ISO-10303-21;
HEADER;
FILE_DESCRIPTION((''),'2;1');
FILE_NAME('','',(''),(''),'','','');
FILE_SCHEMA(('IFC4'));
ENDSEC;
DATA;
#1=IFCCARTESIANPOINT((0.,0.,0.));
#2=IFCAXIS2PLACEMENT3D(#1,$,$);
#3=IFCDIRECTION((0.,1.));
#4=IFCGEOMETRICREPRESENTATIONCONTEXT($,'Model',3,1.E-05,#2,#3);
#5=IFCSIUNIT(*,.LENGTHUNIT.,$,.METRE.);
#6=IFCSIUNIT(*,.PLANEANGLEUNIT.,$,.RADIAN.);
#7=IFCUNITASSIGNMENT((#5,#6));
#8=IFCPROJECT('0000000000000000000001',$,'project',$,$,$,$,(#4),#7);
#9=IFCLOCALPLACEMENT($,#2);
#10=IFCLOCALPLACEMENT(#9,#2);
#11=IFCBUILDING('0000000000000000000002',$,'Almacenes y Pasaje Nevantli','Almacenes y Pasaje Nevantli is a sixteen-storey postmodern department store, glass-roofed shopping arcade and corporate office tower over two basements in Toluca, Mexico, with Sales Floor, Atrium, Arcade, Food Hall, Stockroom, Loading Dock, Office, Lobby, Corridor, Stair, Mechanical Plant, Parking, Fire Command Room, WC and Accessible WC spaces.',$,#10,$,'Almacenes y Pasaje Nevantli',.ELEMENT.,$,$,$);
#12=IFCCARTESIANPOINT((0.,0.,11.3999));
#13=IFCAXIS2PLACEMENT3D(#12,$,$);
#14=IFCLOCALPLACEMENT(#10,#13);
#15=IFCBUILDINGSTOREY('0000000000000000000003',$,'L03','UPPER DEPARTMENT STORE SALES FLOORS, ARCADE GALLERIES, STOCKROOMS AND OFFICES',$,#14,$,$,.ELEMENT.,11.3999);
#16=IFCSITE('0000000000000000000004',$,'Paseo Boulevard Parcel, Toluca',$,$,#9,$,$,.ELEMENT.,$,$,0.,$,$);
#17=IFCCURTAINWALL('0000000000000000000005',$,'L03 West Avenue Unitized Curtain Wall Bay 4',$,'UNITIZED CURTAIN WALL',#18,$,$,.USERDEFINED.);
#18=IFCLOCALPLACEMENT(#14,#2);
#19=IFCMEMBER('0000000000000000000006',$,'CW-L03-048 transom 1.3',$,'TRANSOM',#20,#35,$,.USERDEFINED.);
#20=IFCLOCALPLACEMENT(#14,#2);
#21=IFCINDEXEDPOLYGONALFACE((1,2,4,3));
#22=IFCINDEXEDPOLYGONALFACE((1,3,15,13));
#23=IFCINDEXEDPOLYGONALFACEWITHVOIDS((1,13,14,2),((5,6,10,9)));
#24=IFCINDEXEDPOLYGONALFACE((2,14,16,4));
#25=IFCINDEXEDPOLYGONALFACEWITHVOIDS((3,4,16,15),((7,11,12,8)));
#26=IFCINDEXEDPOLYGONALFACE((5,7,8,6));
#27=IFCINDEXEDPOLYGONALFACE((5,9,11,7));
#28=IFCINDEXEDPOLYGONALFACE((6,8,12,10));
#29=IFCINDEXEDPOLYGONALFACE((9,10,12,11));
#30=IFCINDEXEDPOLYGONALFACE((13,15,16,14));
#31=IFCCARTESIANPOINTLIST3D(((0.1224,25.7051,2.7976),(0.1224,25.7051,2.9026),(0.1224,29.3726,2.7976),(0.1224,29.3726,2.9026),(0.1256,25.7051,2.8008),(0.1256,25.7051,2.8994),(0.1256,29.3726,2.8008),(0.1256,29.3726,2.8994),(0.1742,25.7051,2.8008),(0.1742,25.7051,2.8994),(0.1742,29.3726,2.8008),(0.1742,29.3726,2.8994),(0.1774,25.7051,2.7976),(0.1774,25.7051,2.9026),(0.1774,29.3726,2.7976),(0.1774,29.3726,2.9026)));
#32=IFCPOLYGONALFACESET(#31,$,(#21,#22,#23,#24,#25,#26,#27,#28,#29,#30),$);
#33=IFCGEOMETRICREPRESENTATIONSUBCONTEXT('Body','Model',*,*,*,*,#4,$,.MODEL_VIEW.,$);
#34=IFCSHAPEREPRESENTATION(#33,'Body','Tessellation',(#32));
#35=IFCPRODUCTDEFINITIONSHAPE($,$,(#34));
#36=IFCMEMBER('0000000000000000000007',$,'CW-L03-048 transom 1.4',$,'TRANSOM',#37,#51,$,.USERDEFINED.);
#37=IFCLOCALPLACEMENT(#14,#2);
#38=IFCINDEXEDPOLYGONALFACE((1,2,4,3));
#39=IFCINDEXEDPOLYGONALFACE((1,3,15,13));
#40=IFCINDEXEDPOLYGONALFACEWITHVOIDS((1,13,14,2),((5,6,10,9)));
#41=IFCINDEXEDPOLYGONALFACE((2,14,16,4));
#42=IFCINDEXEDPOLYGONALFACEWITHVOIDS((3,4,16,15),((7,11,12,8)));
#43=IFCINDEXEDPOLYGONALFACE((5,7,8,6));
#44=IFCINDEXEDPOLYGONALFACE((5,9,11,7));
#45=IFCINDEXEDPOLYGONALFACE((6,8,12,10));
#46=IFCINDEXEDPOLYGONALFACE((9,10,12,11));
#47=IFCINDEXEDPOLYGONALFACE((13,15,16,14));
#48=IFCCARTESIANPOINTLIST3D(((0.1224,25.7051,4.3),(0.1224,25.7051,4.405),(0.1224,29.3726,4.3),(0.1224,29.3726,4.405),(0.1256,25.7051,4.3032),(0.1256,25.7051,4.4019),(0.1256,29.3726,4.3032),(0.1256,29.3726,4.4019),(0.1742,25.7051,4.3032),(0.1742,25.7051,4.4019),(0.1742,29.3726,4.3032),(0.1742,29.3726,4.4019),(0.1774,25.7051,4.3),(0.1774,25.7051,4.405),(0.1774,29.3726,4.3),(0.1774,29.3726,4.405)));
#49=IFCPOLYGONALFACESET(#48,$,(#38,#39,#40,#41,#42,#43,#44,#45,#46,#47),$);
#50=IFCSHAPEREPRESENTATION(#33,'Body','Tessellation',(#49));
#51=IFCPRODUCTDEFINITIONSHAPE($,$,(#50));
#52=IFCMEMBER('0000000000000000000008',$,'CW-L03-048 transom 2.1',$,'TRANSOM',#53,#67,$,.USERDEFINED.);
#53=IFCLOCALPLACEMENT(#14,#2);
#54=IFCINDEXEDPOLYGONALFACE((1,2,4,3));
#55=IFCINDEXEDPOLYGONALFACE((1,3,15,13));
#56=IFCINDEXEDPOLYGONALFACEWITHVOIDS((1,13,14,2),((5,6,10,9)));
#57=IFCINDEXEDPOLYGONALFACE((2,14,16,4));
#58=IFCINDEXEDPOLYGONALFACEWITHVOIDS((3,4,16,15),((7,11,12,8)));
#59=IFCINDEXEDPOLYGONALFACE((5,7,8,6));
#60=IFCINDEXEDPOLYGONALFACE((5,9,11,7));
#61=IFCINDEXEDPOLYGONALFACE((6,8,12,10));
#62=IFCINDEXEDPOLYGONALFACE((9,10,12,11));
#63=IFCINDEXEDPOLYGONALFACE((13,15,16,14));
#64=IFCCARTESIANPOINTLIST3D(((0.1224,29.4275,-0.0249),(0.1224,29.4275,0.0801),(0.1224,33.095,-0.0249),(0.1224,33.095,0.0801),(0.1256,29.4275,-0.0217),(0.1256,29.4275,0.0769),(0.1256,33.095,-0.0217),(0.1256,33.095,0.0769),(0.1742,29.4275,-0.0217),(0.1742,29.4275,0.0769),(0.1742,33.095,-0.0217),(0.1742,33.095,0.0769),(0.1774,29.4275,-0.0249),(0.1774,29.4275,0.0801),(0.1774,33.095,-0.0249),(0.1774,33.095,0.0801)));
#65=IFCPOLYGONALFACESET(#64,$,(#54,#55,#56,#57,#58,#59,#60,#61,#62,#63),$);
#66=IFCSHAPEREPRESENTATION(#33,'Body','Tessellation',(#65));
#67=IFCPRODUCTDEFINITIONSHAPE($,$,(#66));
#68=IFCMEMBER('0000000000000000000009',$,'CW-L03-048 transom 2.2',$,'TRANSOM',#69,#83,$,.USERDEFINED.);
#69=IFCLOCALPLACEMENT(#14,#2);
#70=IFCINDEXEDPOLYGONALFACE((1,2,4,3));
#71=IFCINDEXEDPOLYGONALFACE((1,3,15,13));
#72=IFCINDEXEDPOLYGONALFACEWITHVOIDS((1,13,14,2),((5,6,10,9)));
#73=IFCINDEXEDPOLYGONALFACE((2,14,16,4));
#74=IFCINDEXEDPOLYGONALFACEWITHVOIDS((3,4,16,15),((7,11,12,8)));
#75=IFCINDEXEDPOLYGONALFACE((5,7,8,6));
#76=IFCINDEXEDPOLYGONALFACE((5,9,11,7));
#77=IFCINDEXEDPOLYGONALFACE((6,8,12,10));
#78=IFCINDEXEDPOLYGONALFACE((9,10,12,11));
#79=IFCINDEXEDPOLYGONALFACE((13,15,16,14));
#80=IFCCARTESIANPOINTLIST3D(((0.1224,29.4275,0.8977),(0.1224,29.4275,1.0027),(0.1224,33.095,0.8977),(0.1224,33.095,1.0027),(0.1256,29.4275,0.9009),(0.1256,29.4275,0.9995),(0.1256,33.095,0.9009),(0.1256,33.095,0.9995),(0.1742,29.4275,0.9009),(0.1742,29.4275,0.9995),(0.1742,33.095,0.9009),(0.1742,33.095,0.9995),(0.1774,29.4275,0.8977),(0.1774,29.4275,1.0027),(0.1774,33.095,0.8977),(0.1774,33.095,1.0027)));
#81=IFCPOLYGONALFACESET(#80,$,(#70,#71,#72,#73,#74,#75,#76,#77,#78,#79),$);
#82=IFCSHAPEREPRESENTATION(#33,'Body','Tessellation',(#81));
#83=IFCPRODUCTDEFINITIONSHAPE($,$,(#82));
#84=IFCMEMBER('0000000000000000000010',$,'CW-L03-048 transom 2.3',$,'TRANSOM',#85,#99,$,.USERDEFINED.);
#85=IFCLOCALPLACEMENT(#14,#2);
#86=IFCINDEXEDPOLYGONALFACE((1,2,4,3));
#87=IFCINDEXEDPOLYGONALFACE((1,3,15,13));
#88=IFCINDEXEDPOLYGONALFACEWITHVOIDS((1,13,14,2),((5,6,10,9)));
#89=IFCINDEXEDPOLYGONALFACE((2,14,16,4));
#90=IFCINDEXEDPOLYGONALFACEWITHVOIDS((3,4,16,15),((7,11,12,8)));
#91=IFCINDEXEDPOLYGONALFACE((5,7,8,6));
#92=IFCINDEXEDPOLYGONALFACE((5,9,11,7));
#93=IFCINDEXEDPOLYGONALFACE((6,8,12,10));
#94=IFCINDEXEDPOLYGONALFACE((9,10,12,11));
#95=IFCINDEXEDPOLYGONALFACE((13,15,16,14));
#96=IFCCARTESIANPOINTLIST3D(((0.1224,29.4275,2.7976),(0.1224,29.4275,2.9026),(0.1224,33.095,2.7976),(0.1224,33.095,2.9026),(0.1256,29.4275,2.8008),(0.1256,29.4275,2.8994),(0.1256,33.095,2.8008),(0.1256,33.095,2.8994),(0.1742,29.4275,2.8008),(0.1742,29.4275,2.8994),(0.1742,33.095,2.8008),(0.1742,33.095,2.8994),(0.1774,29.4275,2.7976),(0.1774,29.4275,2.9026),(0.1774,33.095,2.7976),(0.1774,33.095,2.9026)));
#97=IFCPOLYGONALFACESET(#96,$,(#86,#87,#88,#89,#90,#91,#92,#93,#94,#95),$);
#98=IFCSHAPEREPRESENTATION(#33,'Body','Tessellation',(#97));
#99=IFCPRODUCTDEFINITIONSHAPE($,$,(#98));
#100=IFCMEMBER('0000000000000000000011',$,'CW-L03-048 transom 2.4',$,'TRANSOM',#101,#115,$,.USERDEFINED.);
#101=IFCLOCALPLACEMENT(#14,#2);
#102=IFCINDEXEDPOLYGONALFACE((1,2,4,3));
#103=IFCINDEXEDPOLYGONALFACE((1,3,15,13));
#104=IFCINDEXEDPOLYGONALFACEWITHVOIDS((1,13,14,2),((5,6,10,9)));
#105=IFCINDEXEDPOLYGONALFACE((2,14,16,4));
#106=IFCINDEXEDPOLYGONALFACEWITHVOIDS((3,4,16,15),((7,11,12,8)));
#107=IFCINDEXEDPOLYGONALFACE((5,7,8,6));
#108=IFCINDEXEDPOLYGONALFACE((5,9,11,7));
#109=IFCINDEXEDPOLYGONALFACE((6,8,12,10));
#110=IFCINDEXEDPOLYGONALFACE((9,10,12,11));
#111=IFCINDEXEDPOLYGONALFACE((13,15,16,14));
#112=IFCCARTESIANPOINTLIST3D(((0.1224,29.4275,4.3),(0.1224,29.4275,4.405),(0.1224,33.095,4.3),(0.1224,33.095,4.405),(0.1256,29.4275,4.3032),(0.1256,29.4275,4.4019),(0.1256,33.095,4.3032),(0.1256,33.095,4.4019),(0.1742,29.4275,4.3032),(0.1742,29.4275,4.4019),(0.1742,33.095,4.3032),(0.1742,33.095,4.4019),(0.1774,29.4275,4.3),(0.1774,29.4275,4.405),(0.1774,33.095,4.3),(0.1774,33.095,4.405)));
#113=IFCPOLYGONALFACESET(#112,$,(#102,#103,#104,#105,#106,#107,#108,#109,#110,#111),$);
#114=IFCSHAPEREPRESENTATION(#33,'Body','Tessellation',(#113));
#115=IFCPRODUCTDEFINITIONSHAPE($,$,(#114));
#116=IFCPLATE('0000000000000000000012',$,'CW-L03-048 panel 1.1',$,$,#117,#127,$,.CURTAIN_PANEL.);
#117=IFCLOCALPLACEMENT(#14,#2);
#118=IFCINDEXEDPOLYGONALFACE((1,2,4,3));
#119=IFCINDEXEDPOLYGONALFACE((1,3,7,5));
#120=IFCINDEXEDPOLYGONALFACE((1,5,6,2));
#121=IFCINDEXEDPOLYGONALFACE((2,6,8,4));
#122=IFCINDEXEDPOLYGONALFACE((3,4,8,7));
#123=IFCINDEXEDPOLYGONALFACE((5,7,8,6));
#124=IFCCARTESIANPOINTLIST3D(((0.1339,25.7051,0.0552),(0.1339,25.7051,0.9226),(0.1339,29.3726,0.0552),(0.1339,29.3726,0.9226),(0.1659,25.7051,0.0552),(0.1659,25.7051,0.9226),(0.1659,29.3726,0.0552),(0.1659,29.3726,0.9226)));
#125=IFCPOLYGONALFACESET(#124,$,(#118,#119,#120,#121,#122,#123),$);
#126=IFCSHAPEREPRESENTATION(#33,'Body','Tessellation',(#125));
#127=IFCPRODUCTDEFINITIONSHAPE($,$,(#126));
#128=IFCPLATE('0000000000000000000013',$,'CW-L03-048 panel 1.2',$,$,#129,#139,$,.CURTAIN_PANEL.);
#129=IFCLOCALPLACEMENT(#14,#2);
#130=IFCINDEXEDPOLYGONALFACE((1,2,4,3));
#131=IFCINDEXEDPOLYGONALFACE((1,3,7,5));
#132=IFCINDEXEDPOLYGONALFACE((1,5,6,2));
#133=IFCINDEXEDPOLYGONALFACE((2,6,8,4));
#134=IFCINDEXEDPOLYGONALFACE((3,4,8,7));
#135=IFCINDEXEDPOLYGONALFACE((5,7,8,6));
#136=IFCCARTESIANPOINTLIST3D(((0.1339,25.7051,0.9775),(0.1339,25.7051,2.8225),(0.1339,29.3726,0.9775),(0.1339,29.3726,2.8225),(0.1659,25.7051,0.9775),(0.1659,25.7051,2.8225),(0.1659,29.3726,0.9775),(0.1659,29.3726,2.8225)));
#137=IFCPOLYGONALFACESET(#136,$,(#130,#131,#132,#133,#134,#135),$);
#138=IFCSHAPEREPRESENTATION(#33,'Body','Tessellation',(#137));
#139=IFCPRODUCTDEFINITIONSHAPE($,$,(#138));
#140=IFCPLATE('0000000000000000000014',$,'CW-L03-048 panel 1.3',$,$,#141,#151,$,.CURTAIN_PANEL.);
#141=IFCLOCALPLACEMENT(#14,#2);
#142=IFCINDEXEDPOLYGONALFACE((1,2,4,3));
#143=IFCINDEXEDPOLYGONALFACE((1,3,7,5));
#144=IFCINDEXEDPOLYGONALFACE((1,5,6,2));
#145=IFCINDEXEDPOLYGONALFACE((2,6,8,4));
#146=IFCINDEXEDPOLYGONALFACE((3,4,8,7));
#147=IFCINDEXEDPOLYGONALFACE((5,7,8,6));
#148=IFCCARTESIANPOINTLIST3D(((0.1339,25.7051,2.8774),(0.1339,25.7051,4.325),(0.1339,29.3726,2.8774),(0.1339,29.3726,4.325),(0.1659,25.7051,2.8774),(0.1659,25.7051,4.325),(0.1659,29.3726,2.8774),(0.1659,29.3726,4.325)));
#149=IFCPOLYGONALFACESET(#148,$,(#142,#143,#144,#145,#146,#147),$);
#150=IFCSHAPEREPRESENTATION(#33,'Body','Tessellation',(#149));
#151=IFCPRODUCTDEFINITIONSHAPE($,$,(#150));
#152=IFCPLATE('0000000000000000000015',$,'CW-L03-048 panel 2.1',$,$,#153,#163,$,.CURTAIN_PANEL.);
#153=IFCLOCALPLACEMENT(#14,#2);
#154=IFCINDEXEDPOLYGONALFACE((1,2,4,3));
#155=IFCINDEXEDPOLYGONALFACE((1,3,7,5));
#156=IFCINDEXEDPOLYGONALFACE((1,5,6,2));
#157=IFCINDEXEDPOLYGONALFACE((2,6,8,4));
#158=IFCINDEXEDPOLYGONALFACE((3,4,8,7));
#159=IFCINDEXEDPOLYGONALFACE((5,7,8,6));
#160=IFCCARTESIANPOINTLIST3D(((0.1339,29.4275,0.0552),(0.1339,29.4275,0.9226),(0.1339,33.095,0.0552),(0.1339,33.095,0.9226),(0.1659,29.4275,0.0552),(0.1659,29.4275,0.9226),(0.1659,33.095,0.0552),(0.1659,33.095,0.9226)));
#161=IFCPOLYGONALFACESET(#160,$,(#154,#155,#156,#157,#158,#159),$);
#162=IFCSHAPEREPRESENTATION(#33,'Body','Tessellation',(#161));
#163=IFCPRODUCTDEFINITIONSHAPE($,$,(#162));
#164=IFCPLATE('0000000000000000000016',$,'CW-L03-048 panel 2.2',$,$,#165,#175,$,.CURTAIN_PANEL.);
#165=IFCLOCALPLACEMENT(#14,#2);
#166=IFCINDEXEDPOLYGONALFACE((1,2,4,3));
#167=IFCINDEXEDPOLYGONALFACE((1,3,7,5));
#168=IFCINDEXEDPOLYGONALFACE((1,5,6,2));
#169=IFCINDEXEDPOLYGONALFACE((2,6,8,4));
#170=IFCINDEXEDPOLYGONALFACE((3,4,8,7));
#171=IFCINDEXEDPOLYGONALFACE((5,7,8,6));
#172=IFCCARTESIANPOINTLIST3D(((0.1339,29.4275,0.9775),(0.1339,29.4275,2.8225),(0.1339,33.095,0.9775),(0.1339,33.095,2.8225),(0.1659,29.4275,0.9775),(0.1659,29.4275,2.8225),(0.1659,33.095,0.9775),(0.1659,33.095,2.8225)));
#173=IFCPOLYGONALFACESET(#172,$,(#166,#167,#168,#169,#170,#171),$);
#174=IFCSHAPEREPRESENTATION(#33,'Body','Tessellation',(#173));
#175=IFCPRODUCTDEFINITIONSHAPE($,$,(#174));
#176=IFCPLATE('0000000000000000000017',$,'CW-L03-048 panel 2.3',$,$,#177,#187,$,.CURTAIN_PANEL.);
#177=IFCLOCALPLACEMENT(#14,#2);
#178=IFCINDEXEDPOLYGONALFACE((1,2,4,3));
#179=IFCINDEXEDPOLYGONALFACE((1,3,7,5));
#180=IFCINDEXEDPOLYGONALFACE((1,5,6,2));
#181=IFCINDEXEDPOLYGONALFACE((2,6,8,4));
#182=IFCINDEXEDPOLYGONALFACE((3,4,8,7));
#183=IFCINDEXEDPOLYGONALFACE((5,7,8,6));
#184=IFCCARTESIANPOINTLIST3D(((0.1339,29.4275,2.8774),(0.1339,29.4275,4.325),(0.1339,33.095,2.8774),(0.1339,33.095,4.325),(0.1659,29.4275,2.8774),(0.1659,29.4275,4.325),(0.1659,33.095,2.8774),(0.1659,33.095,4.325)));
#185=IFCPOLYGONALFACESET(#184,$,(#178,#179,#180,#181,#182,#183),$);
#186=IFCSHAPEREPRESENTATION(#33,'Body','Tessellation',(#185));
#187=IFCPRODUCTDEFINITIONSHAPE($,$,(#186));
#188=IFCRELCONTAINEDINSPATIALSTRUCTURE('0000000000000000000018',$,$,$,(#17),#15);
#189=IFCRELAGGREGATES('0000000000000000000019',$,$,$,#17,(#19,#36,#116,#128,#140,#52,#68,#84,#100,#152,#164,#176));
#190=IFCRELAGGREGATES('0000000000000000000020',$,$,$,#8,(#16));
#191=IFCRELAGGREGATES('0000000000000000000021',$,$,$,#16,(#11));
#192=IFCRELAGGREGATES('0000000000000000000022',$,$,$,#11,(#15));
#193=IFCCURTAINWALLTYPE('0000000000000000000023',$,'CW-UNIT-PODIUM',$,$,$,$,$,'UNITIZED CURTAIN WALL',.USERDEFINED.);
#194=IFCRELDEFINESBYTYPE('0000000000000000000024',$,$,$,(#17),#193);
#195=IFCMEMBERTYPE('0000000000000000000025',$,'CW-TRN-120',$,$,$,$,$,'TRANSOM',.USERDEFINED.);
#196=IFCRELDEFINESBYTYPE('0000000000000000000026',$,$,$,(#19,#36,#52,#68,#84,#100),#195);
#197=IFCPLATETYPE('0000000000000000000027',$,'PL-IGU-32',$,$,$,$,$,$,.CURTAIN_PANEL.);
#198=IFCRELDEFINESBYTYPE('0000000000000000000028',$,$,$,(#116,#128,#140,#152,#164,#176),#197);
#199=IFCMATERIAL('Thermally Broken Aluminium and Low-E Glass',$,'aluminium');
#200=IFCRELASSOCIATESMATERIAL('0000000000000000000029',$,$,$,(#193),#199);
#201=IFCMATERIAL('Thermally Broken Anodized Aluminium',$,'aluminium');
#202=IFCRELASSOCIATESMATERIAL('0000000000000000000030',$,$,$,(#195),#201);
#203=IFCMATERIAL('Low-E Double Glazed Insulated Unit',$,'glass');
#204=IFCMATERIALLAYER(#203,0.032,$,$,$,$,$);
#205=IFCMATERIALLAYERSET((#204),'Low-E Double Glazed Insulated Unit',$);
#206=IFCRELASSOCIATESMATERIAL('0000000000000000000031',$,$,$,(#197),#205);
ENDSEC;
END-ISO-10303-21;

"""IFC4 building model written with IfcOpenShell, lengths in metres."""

from ifc_helpers import new_model, si_unit, direction, frame, origin, origin_2d, place, context, subcontext, project, spatial, rectangle, hollow_rectangle, extrude, material, layer, layer_set, material_profile, profile_set, type_object, element, aggregate, save


model = new_model("IFC4")

# Units and contexts
model_context = context("Model", 3, precision=1e-05, world=origin(), true_north=direction((0.0, 1.0)))
body_context = subcontext(model_context, "Body", "Model", "MODEL_VIEW")
ifc_project = project(units=[si_unit("LENGTHUNIT", "METRE"), si_unit("PLANEANGLEUNIT", "RADIAN")], contexts=[model_context])

# Site, building, storey
site_placement = place(None, origin())
site = spatial("IfcSite", under=ifc_project, at=site_placement, Name="Paseo Boulevard Parcel, Toluca", CompositionType="ELEMENT", RefElevation=0.0)
building_placement = place(site_placement, origin())
building = spatial("IfcBuilding", under=site, at=building_placement, Name="Almacenes y Pasaje Nevantli", Description="Almacenes y Pasaje Nevantli is a sixteen-storey postmodern department store, glass-roofed shopping arcade and corporate office tower over two basements in Toluca, Mexico, with Sales Floor, Atrium, Arcade, Food Hall, Stockroom, Loading Dock, Office, Lobby, Corridor, Stair, Mechanical Plant, Parking, Fire Command Room, WC and Accessible WC spaces.", LongName="Almacenes y Pasaje Nevantli", CompositionType="ELEMENT")
storey_placement = place(building_placement, frame((0.0, 0.0, 11.3999)))
storey = spatial("IfcBuildingStorey", under=building, at=storey_placement, Name="L03", Description="UPPER DEPARTMENT STORE SALES FLOORS, ARCADE GALLERIES, STOCKROOMS AND OFFICES", CompositionType="ELEMENT", Elevation=11.3999)

# Curtain wall, members, plates
ifc_material_1 = material(Name="Thermally Broken Aluminium and Low-E Glass", Category="aluminium")
curtain_wall_type = type_object("IfcCurtainWallType", Name="CW-UNIT-PODIUM", ElementType="UNITIZED CURTAIN WALL", PredefinedType="USERDEFINED", material=ifc_material_1)
curtain_wall_placement = place(storey_placement, origin())
curtain_wall = element("IfcCurtainWall", 1, at=curtain_wall_placement, inside=storey, type_object=curtain_wall_type, Name="L03 West Avenue Unitized Curtain Wall Bay 4", ObjectType="UNITIZED CURTAIN WALL", PredefinedType="USERDEFINED")
ifc_material_2 = material(Name="Thermally Broken Anodized Aluminium", Category="aluminium")
ifc_material_profile_1 = material_profile(ifc_material_2, hollow_rectangle(XDim=0.0549, YDim=0.105, WallThickness=0.0032, at=origin_2d()), Name="ALU-TRN-55x105")
ifc_profile_set_1 = profile_set([ifc_material_profile_1], Name="Thermally Broken Anodized Aluminium")
member_type_1 = type_object("IfcMemberType", Name="CW-TRN-120", ElementType="TRANSOM", PredefinedType="USERDEFINED", material=ifc_profile_set_1)
member_1_placement = place(storey_placement, frame((0.1499, 25.7051, 2.8501), z_axis=(0.0, 1.0, 0.0), x_axis=(-1.0, 0.0, 0.0)))
member_1 = element("IfcMember", 2, at=member_1_placement, type_object=member_type_1, Name="CW-L03-048 transom 1.3", ObjectType="TRANSOM", PredefinedType="USERDEFINED", context=body_context, shape_type="SweptSolid", body=[
    extrude(hollow_rectangle(XDim=0.0549, YDim=0.105, WallThickness=0.0032, at=origin_2d()), origin(), (0.0, 0.0, 1.0), 3.6675),
])
member_2_placement = place(storey_placement, frame((0.1499, 25.7051, 4.3525), z_axis=(0.0, 1.0, 0.0), x_axis=(-1.0, 0.0, 0.0)))
member_2 = element("IfcMember", 3, at=member_2_placement, type_object=member_type_1, Name="CW-L03-048 transom 1.4", ObjectType="TRANSOM", PredefinedType="USERDEFINED", context=body_context, shape_type="SweptSolid", body=[
    extrude(hollow_rectangle(XDim=0.0549, YDim=0.105, WallThickness=0.0032, at=origin_2d()), origin(), (0.0, 0.0, 1.0), 3.6675),
])
member_3_placement = place(storey_placement, frame((0.1499, 29.4275, 0.0276), z_axis=(0.0, 1.0, 0.0), x_axis=(-1.0, 0.0, 0.0)))
member_3 = element("IfcMember", 4, at=member_3_placement, type_object=member_type_1, Name="CW-L03-048 transom 2.1", ObjectType="TRANSOM", PredefinedType="USERDEFINED", context=body_context, shape_type="SweptSolid", body=[
    extrude(hollow_rectangle(XDim=0.0549, YDim=0.105, WallThickness=0.0032, at=origin_2d()), origin(), (0.0, 0.0, 1.0), 3.6675),
])
member_4_placement = place(storey_placement, frame((0.1499, 29.4275, 0.9502), z_axis=(0.0, 1.0, 0.0), x_axis=(-1.0, 0.0, 0.0)))
member_4 = element("IfcMember", 5, at=member_4_placement, type_object=member_type_1, Name="CW-L03-048 transom 2.2", ObjectType="TRANSOM", PredefinedType="USERDEFINED", context=body_context, shape_type="SweptSolid", body=[
    extrude(hollow_rectangle(XDim=0.0549, YDim=0.105, WallThickness=0.0032, at=origin_2d()), origin(), (0.0, 0.0, 1.0), 3.6675),
])
member_5_placement = place(storey_placement, frame((0.1499, 29.4275, 2.8501), z_axis=(0.0, 1.0, 0.0), x_axis=(-1.0, 0.0, 0.0)))
member_5 = element("IfcMember", 6, at=member_5_placement, type_object=member_type_1, Name="CW-L03-048 transom 2.3", ObjectType="TRANSOM", PredefinedType="USERDEFINED", context=body_context, shape_type="SweptSolid", body=[
    extrude(hollow_rectangle(XDim=0.0549, YDim=0.105, WallThickness=0.0032, at=origin_2d()), origin(), (0.0, 0.0, 1.0), 3.6675),
])
member_6_placement = place(storey_placement, frame((0.1499, 29.4275, 4.3525), z_axis=(0.0, 1.0, 0.0), x_axis=(-1.0, 0.0, 0.0)))
member_6 = element("IfcMember", 7, at=member_6_placement, type_object=member_type_1, Name="CW-L03-048 transom 2.4", ObjectType="TRANSOM", PredefinedType="USERDEFINED", context=body_context, shape_type="SweptSolid", body=[
    extrude(hollow_rectangle(XDim=0.0549, YDim=0.105, WallThickness=0.0032, at=origin_2d()), origin(), (0.0, 0.0, 1.0), 3.6675),
])
ifc_material_3 = material(Name="Low-E Double Glazed Insulated Unit", Category="glass")
ifc_layer = layer(ifc_material_3, 0.032)
ifc_layer_set = layer_set([ifc_layer], Name="Low-E Double Glazed Insulated Unit")
plate_type = type_object("IfcPlateType", Name="PL-IGU-32", PredefinedType="CURTAIN_PANEL", material=ifc_layer_set)
plate_1_placement = place(storey_placement, frame((0.1499, 27.5388, 0.0552), z_axis=(0.0, 0.0, 1.0), x_axis=(0.0, 1.0, 0.0)))
plate_1 = element("IfcPlate", 8, at=plate_1_placement, type_object=plate_type, Name="CW-L03-048 panel 1.1", PredefinedType="CURTAIN_PANEL", context=body_context, shape_type="SweptSolid", body=[
    extrude(rectangle(XDim=3.6675, YDim=0.032, at=origin_2d()), origin(), (0.0, 0.0, 1.0), 0.8674),
])
plate_2_placement = place(storey_placement, frame((0.1499, 27.5388, 0.9775), z_axis=(0.0, 0.0, 1.0), x_axis=(0.0, 1.0, 0.0)))
plate_2 = element("IfcPlate", 9, at=plate_2_placement, type_object=plate_type, Name="CW-L03-048 panel 1.2", PredefinedType="CURTAIN_PANEL", context=body_context, shape_type="SweptSolid", body=[
    extrude(rectangle(XDim=3.6675, YDim=0.032, at=origin_2d()), origin(), (0.0, 0.0, 1.0), 1.845),
])
plate_3_placement = place(storey_placement, frame((0.1499, 27.5388, 2.8774), z_axis=(0.0, 0.0, 1.0), x_axis=(0.0, 1.0, 0.0)))
plate_3 = element("IfcPlate", 10, at=plate_3_placement, type_object=plate_type, Name="CW-L03-048 panel 1.3", PredefinedType="CURTAIN_PANEL", context=body_context, shape_type="SweptSolid", body=[
    extrude(rectangle(XDim=3.6675, YDim=0.032, at=origin_2d()), origin(), (0.0, 0.0, 1.0), 1.4475),
])
plate_4_placement = place(storey_placement, frame((0.1499, 31.2612, 0.0552), z_axis=(0.0, 0.0, 1.0), x_axis=(0.0, 1.0, 0.0)))
plate_4 = element("IfcPlate", 11, at=plate_4_placement, type_object=plate_type, Name="CW-L03-048 panel 2.1", PredefinedType="CURTAIN_PANEL", context=body_context, shape_type="SweptSolid", body=[
    extrude(rectangle(XDim=3.6675, YDim=0.032, at=origin_2d()), origin(), (0.0, 0.0, 1.0), 0.8674),
])
plate_5_placement = place(storey_placement, frame((0.1499, 31.2612, 0.9775), z_axis=(0.0, 0.0, 1.0), x_axis=(0.0, 1.0, 0.0)))
plate_5 = element("IfcPlate", 12, at=plate_5_placement, type_object=plate_type, Name="CW-L03-048 panel 2.2", PredefinedType="CURTAIN_PANEL", context=body_context, shape_type="SweptSolid", body=[
    extrude(rectangle(XDim=3.6675, YDim=0.032, at=origin_2d()), origin(), (0.0, 0.0, 1.0), 1.845),
])
plate_6_placement = place(storey_placement, frame((0.1499, 31.2612, 2.8774), z_axis=(0.0, 0.0, 1.0), x_axis=(0.0, 1.0, 0.0)))
plate_6 = element("IfcPlate", 13, at=plate_6_placement, type_object=plate_type, Name="CW-L03-048 panel 2.3", PredefinedType="CURTAIN_PANEL", context=body_context, shape_type="SweptSolid", body=[
    extrude(rectangle(XDim=3.6675, YDim=0.032, at=origin_2d()), origin(), (0.0, 0.0, 1.0), 1.4475),
])
aggregate(curtain_wall, [member_1, member_2, plate_1, plate_2, plate_3, member_3, member_4, member_5, member_6, plate_4, plate_5, plate_6])

save(model, "model.ifc")
